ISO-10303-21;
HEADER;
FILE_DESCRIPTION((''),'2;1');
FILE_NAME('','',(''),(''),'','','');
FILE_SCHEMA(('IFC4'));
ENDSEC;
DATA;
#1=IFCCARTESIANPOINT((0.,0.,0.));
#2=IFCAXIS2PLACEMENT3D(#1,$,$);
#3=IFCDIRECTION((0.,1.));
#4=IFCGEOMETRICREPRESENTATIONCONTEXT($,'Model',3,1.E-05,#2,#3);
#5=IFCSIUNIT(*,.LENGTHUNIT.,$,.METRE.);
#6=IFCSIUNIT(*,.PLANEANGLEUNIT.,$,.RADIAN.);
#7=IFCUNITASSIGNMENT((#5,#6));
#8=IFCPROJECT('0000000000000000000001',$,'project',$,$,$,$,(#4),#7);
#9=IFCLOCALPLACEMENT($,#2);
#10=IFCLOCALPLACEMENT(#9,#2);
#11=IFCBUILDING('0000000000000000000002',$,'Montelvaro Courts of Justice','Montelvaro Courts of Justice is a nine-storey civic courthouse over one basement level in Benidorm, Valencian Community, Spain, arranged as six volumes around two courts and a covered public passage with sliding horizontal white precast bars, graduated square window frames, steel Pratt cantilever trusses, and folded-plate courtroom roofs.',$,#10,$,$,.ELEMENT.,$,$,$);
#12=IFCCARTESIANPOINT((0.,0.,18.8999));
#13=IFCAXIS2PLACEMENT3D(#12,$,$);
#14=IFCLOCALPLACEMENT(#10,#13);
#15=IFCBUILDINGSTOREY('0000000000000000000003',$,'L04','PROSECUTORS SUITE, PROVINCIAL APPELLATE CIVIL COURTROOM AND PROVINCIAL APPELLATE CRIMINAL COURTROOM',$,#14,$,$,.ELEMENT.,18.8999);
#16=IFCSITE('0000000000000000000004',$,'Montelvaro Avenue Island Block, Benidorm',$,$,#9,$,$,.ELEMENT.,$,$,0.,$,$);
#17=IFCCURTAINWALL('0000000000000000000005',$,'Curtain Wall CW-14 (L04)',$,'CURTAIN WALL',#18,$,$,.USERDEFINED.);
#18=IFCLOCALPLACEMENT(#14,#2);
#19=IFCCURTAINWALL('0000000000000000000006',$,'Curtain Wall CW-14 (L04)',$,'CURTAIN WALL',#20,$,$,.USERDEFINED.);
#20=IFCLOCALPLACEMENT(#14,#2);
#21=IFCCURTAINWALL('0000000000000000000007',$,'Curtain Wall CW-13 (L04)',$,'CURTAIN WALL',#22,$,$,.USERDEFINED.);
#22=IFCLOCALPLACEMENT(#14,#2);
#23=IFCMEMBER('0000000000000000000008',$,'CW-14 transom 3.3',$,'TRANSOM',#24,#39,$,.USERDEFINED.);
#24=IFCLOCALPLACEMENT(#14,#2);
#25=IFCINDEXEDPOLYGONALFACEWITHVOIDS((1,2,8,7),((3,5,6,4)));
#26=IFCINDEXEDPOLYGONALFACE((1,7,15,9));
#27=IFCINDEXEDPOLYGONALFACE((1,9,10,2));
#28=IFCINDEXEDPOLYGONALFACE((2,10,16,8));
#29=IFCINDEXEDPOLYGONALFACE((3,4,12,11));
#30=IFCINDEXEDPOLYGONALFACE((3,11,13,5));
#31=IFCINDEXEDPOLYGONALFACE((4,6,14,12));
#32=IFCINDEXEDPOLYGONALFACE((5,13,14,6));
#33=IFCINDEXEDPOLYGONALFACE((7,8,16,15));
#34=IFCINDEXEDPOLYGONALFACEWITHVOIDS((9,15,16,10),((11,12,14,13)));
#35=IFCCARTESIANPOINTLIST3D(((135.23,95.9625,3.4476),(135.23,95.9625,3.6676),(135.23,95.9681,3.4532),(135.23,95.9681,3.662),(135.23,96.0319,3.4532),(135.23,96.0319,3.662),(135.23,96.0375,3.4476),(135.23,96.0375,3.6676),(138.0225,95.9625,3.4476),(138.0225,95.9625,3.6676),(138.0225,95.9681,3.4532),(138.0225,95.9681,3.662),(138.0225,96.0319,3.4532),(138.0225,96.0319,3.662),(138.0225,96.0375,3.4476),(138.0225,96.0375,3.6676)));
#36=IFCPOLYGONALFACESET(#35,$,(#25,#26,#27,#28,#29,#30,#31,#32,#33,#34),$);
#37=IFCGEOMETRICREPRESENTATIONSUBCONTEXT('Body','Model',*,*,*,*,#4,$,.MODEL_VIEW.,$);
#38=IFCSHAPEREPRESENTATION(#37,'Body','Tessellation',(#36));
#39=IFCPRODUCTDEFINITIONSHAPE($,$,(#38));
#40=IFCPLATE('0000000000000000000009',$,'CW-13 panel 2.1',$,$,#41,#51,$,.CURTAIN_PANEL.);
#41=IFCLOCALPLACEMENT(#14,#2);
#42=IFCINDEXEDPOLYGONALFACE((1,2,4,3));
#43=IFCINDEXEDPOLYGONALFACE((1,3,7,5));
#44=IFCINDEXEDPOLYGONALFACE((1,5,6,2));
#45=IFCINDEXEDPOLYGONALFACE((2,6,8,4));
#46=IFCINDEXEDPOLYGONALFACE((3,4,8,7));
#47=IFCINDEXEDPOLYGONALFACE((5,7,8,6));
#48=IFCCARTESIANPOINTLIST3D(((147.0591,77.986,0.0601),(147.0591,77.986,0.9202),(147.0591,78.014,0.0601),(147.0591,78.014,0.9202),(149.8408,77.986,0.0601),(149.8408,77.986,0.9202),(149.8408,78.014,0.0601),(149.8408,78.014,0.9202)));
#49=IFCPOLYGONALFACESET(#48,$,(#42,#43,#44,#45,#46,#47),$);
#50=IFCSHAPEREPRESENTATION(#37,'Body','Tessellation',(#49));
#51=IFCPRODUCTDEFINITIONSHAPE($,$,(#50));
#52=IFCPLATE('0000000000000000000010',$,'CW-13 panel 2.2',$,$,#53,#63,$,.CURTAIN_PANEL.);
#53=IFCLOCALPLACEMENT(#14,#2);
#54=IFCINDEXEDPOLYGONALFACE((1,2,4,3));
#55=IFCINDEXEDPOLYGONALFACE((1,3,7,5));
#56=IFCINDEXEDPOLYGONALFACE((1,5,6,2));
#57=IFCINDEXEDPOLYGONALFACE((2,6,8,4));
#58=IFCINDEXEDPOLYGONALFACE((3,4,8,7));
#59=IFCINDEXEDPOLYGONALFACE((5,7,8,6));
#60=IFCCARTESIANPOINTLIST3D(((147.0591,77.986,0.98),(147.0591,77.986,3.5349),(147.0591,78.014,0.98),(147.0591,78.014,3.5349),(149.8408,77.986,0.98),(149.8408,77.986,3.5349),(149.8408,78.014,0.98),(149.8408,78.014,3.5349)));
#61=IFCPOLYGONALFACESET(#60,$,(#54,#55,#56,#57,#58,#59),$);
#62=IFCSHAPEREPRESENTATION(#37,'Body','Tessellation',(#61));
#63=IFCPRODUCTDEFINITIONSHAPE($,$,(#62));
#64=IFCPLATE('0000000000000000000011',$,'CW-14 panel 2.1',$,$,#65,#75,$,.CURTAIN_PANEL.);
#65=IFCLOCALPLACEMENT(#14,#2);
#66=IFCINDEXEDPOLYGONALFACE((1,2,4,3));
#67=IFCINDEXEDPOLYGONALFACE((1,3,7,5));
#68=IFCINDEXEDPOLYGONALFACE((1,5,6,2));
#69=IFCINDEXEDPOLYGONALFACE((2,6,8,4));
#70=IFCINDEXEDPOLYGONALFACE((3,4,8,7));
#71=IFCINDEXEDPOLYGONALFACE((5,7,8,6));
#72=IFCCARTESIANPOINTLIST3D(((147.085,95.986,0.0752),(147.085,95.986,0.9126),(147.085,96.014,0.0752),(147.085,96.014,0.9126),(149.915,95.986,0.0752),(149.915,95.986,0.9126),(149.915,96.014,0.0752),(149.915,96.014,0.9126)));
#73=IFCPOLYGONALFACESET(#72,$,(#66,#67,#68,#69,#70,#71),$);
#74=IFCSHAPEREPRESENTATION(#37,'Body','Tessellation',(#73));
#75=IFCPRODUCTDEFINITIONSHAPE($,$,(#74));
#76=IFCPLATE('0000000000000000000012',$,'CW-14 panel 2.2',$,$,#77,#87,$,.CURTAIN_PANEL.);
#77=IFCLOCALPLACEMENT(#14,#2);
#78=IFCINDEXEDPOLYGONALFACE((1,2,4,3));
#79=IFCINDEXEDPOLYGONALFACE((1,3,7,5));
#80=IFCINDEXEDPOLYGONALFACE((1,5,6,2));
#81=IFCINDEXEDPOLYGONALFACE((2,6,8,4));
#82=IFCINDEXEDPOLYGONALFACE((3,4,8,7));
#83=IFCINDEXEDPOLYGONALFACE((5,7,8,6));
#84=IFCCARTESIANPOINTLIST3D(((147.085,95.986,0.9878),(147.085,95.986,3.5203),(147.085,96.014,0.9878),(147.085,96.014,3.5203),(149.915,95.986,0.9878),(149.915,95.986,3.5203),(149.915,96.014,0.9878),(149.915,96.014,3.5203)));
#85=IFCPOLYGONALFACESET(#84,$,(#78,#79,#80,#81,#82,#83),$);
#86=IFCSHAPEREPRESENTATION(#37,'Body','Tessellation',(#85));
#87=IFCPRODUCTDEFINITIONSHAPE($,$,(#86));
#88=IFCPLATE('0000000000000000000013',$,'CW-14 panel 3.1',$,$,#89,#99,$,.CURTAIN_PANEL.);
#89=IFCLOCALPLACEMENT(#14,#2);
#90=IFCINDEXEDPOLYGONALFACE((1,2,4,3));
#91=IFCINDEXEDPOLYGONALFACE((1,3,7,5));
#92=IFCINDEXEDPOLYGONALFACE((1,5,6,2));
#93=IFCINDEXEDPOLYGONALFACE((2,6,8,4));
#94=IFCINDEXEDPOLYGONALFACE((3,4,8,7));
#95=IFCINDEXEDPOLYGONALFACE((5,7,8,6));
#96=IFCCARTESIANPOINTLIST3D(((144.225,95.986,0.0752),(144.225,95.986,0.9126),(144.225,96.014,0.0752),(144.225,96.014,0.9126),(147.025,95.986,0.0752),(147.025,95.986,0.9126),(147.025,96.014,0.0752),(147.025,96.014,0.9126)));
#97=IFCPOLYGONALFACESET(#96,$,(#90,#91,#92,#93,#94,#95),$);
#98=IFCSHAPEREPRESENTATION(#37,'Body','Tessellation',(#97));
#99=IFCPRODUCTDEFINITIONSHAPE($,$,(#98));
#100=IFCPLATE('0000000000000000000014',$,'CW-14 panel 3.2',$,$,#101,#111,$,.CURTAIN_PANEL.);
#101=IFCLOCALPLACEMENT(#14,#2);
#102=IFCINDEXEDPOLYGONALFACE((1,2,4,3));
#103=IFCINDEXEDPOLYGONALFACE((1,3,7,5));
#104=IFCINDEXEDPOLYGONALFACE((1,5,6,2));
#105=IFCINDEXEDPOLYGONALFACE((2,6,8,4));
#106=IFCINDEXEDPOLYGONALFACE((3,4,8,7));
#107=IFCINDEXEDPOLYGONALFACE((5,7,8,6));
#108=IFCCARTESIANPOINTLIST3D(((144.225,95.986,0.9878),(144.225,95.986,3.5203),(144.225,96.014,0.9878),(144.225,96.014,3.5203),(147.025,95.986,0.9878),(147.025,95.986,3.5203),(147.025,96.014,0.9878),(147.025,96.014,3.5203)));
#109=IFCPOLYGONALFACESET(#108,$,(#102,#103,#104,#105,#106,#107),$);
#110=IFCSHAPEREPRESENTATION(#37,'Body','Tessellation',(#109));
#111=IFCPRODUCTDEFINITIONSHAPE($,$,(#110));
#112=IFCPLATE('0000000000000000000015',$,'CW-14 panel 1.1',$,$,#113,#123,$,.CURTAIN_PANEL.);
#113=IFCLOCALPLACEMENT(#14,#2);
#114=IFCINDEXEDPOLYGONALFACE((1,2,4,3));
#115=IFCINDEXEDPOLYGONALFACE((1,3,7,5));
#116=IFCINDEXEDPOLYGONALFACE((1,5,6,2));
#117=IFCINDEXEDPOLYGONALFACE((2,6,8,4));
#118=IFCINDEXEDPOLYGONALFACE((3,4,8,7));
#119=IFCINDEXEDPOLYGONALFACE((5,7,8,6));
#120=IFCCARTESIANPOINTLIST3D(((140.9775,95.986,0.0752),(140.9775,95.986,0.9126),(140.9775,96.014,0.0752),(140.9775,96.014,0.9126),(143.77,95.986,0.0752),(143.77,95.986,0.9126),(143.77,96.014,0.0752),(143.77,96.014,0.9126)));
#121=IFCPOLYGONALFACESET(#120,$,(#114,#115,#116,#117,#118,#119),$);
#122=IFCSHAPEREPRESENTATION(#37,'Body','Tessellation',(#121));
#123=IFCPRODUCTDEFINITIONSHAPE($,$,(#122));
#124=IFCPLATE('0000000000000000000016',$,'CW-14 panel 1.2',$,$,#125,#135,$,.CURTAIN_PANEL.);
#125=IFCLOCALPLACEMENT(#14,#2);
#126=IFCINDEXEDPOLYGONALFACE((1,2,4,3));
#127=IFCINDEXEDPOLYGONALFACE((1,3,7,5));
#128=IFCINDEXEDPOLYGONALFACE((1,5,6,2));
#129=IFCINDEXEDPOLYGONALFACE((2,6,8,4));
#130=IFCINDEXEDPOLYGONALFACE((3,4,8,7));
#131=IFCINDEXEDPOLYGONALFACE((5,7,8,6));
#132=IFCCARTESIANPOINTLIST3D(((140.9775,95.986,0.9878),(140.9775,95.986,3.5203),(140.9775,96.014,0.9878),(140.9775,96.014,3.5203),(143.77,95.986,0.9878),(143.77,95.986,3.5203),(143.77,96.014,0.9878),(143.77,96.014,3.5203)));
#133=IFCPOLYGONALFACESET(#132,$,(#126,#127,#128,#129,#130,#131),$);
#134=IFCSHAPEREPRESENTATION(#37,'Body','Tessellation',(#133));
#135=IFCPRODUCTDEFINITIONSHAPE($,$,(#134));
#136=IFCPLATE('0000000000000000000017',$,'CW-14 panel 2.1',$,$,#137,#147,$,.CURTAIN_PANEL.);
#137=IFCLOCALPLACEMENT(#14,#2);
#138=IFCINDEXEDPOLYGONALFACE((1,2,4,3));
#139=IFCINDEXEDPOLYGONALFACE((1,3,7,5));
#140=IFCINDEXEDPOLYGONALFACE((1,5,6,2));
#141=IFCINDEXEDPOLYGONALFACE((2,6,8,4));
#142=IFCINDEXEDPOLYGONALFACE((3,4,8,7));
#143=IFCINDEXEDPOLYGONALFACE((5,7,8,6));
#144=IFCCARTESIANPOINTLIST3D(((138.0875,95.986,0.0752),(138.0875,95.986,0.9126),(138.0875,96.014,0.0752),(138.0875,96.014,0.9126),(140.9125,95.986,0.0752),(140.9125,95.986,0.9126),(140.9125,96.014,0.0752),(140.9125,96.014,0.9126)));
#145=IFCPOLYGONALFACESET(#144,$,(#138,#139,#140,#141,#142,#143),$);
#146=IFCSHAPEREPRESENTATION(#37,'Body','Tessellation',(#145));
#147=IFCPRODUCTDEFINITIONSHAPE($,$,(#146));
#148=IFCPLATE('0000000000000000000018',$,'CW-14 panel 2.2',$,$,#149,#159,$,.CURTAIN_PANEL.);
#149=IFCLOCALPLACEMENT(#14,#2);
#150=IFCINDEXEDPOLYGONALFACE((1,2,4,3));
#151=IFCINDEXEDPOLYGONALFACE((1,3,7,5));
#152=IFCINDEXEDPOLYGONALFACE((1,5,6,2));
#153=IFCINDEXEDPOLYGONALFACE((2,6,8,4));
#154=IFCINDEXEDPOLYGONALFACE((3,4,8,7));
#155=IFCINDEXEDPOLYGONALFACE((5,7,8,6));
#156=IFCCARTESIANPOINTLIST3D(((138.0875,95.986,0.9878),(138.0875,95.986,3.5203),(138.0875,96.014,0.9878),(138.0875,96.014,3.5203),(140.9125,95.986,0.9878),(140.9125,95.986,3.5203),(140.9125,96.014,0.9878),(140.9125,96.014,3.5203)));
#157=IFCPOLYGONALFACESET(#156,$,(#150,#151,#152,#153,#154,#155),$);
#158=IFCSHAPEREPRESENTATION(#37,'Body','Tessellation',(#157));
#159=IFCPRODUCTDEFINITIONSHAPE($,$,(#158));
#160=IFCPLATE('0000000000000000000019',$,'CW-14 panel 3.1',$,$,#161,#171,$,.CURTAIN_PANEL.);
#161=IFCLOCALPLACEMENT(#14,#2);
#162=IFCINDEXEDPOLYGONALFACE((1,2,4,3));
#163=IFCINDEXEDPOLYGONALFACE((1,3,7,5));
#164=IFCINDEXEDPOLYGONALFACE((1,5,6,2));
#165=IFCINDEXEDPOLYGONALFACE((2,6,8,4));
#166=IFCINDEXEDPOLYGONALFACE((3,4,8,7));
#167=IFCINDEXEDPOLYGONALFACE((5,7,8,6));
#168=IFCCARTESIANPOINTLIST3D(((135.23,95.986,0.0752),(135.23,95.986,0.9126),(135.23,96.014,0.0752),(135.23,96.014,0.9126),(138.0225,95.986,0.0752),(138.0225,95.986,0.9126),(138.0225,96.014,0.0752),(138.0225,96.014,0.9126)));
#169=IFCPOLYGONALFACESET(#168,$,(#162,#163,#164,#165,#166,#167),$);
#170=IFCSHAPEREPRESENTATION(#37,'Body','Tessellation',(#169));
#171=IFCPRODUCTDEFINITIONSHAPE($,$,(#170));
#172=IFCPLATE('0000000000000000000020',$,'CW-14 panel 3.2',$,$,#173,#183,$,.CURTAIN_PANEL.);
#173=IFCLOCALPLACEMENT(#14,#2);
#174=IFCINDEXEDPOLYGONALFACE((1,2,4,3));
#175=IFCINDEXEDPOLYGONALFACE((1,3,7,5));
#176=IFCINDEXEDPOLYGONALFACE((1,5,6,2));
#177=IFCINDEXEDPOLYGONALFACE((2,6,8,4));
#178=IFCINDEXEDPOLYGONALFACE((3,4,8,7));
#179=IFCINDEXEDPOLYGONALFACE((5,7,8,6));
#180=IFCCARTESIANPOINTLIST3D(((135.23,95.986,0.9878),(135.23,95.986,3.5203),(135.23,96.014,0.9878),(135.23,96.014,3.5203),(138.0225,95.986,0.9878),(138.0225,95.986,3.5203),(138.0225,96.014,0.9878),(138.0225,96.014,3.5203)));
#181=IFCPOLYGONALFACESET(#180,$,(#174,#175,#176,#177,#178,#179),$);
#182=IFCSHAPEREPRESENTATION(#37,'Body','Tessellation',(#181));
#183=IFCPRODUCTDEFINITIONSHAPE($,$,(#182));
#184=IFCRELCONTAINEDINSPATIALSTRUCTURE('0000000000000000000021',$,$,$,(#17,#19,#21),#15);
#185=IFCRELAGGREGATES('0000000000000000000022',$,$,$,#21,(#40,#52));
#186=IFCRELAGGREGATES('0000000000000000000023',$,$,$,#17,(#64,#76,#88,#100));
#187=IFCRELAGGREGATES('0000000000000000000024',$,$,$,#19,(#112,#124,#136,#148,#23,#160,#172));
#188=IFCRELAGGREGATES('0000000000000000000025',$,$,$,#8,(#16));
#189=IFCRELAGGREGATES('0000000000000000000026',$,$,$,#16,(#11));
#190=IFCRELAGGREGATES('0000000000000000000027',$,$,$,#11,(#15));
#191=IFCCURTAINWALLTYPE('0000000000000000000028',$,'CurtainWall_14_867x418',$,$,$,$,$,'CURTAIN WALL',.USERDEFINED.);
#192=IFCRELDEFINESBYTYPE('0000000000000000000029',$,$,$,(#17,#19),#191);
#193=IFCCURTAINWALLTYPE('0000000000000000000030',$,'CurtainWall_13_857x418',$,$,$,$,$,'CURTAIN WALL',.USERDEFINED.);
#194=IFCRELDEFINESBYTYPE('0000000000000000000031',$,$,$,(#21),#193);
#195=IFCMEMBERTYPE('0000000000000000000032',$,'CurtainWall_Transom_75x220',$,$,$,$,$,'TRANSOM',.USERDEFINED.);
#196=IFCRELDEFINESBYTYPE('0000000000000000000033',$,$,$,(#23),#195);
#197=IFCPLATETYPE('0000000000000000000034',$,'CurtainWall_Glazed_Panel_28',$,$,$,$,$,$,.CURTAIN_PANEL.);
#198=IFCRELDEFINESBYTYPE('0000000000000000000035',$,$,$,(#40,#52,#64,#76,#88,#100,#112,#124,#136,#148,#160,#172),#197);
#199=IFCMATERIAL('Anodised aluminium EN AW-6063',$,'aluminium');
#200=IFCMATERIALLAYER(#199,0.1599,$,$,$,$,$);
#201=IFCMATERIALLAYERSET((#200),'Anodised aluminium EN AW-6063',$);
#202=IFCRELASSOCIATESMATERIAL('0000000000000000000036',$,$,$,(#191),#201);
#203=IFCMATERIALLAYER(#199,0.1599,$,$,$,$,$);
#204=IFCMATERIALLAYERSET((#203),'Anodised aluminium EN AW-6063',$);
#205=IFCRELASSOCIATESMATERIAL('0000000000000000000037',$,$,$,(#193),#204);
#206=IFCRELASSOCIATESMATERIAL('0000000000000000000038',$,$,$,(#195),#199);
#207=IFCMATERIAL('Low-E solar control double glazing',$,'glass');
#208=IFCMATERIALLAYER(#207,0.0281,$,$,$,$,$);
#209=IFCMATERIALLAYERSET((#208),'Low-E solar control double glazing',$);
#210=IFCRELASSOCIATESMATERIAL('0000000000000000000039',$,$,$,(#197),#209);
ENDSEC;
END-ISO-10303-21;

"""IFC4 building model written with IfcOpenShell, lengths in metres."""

from ifc_helpers import new_model, si_unit, direction, frame, origin, origin_2d, place, context, subcontext, project, spatial, rectangle, hollow_rectangle, extrude, material, layer, layer_set, material_profile, profile_set, type_object, element, aggregate, save


model = new_model("IFC4")

# Units and contexts
model_context = context("Model", 3, precision=1e-05, world=origin(), true_north=direction((0.0, 1.0)))
body_context = subcontext(model_context, "Body", "Model", "MODEL_VIEW")
ifc_project = project(units=[si_unit("LENGTHUNIT", "METRE"), si_unit("PLANEANGLEUNIT", "RADIAN")], contexts=[model_context])

# Site, building, storey
site_placement = place(None, origin())
site = spatial("IfcSite", under=ifc_project, at=site_placement, Name="Montelvaro Avenue Island Block, Benidorm", CompositionType="ELEMENT", RefElevation=0.0)
building_placement = place(site_placement, origin())
building = spatial("IfcBuilding", under=site, at=building_placement, Name="Montelvaro Courts of Justice", Description="Montelvaro Courts of Justice is a nine-storey civic courthouse over one basement level in Benidorm, Valencian Community, Spain, arranged as six volumes around two courts and a covered public passage with sliding horizontal white precast bars, graduated square window frames, steel Pratt cantilever trusses, and folded-plate courtroom roofs.", CompositionType="ELEMENT")
storey_placement = place(building_placement, frame((0.0, 0.0, 18.8999)))
storey = spatial("IfcBuildingStorey", under=building, at=storey_placement, Name="L04", Description="PROSECUTORS SUITE, PROVINCIAL APPELLATE CIVIL COURTROOM AND PROVINCIAL APPELLATE CRIMINAL COURTROOM", CompositionType="ELEMENT", Elevation=18.8999)

# Curtain walls
ifc_material_1 = material(Name="Anodised aluminium EN AW-6063", Category="aluminium")
ifc_layer_1 = layer(ifc_material_1, 0.1599)
ifc_layer_set_1 = layer_set([ifc_layer_1], Name="Anodised aluminium EN AW-6063")
curtain_wall_type_1 = type_object("IfcCurtainWallType", Name="CurtainWall_14_867x418", ElementType="CURTAIN WALL", PredefinedType="USERDEFINED", material=ifc_layer_set_1)
curtain_wall_1_placement = place(storey_placement, origin())
curtain_wall_1 = element("IfcCurtainWall", 1, at=curtain_wall_1_placement, inside=storey, type_object=curtain_wall_type_1, Name="Curtain Wall CW-14 (L04)", ObjectType="CURTAIN WALL", PredefinedType="USERDEFINED")
curtain_wall_2_placement = place(storey_placement, origin())
curtain_wall_2 = element("IfcCurtainWall", 2, at=curtain_wall_2_placement, inside=storey, type_object=curtain_wall_type_1, Name="Curtain Wall CW-14 (L04)", ObjectType="CURTAIN WALL", PredefinedType="USERDEFINED")
ifc_layer_2 = layer(ifc_material_1, 0.1599)
ifc_layer_set_2 = layer_set([ifc_layer_2], Name="Anodised aluminium EN AW-6063")
curtain_wall_type_2 = type_object("IfcCurtainWallType", Name="CurtainWall_13_857x418", ElementType="CURTAIN WALL", PredefinedType="USERDEFINED", material=ifc_layer_set_2)
curtain_wall_3_placement = place(storey_placement, origin())
curtain_wall_3 = element("IfcCurtainWall", 3, at=curtain_wall_3_placement, inside=storey, type_object=curtain_wall_type_2, Name="Curtain Wall CW-13 (L04)", ObjectType="CURTAIN WALL", PredefinedType="USERDEFINED")

# Member
ifc_material_profile_1 = material_profile(ifc_material_1, hollow_rectangle(XDim=0.075, YDim=0.22, WallThickness=0.0056, at=origin_2d()), Name="ALU-T 75x220")
ifc_profile_set_1 = profile_set([ifc_material_profile_1], Name="Anodised aluminium EN AW-6063")
member_type_1 = type_object("IfcMemberType", Name="CurtainWall_Transom_75x220", ElementType="TRANSOM", PredefinedType="USERDEFINED", material=ifc_profile_set_1)
member_1_placement = place(storey_placement, frame((138.0225, 96.0, 3.5576), z_axis=(-1.0, 0.0, 0.0), x_axis=(0.0, -1.0, 0.0)))
member_1 = element("IfcMember", 4, at=member_1_placement, type_object=member_type_1, Name="CW-14 transom 3.3", ObjectType="TRANSOM", PredefinedType="USERDEFINED", context=body_context, shape_type="SweptSolid", body=[
    extrude(hollow_rectangle(XDim=0.075, YDim=0.22, WallThickness=0.0056, at=origin_2d()), origin(), (0.0, 0.0, 1.0), 2.7925),
])

# Plates
ifc_material_2 = material(Name="Low-E solar control double glazing", Category="glass")
ifc_layer_3 = layer(ifc_material_2, 0.0281)
ifc_layer_set_3 = layer_set([ifc_layer_3], Name="Low-E solar control double glazing")
plate_type = type_object("IfcPlateType", Name="CurtainWall_Glazed_Panel_28", PredefinedType="CURTAIN_PANEL", material=ifc_layer_set_3)
plate_1_placement = place(storey_placement, frame((148.45, 78.0, 0.0601), z_axis=(0.0, 0.0, 1.0), x_axis=(1.0, 0.0, 0.0)))
plate_1 = element("IfcPlate", 5, at=plate_1_placement, type_object=plate_type, Name="CW-13 panel 2.1", PredefinedType="CURTAIN_PANEL", context=body_context, shape_type="SweptSolid", body=[
    extrude(rectangle(XDim=2.7817, YDim=0.0281, at=origin_2d()), origin(), (0.0, 0.0, 1.0), 0.8601),
])
plate_2_placement = place(storey_placement, frame((148.45, 78.0, 0.98), z_axis=(0.0, 0.0, 1.0), x_axis=(1.0, 0.0, 0.0)))
plate_2 = element("IfcPlate", 6, at=plate_2_placement, type_object=plate_type, Name="CW-13 panel 2.2", PredefinedType="CURTAIN_PANEL", context=body_context, shape_type="SweptSolid", body=[
    extrude(rectangle(XDim=2.7817, YDim=0.0281, at=origin_2d()), origin(), (0.0, 0.0, 1.0), 2.5549),
])
aggregate(curtain_wall_3, [plate_1, plate_2])
plate_3_placement = place(storey_placement, frame((148.5, 96.0, 0.0752), z_axis=(0.0, 0.0, 1.0), x_axis=(-1.0, 0.0, 0.0)))
plate_3 = element("IfcPlate", 7, at=plate_3_placement, type_object=plate_type, Name="CW-14 panel 2.1", PredefinedType="CURTAIN_PANEL", context=body_context, shape_type="SweptSolid", body=[
    extrude(rectangle(XDim=2.8301, YDim=0.0281, at=origin_2d()), origin(), (0.0, 0.0, 1.0), 0.8374),
])
plate_4_placement = place(storey_placement, frame((148.5, 96.0, 0.9878), z_axis=(0.0, 0.0, 1.0), x_axis=(-1.0, 0.0, 0.0)))
plate_4 = element("IfcPlate", 8, at=plate_4_placement, type_object=plate_type, Name="CW-14 panel 2.2", PredefinedType="CURTAIN_PANEL", context=body_context, shape_type="SweptSolid", body=[
    extrude(rectangle(XDim=2.8301, YDim=0.0281, at=origin_2d()), origin(), (0.0, 0.0, 1.0), 2.5325),
])
plate_5_placement = place(storey_placement, frame((145.625, 96.0, 0.0752), z_axis=(0.0, 0.0, 1.0), x_axis=(-1.0, 0.0, 0.0)))
plate_5 = element("IfcPlate", 9, at=plate_5_placement, type_object=plate_type, Name="CW-14 panel 3.1", PredefinedType="CURTAIN_PANEL", context=body_context, shape_type="SweptSolid", body=[
    extrude(rectangle(XDim=2.8, YDim=0.0281, at=origin_2d()), origin(), (0.0, 0.0, 1.0), 0.8374),
])
plate_6_placement = place(storey_placement, frame((145.625, 96.0, 0.9878), z_axis=(0.0, 0.0, 1.0), x_axis=(-1.0, 0.0, 0.0)))
plate_6 = element("IfcPlate", 10, at=plate_6_placement, type_object=plate_type, Name="CW-14 panel 3.2", PredefinedType="CURTAIN_PANEL", context=body_context, shape_type="SweptSolid", body=[
    extrude(rectangle(XDim=2.8, YDim=0.0281, at=origin_2d()), origin(), (0.0, 0.0, 1.0), 2.5325),
])
aggregate(curtain_wall_1, [plate_3, plate_4, plate_5, plate_6])
plate_7_placement = place(storey_placement, frame((142.3738, 96.0, 0.0752), z_axis=(0.0, 0.0, 1.0), x_axis=(-1.0, 0.0, 0.0)))
plate_7 = element("IfcPlate", 11, at=plate_7_placement, type_object=plate_type, Name="CW-14 panel 1.1", PredefinedType="CURTAIN_PANEL", context=body_context, shape_type="SweptSolid", body=[
    extrude(rectangle(XDim=2.7925, YDim=0.0281, at=origin_2d()), origin(), (0.0, 0.0, 1.0), 0.8374),
])
plate_8_placement = place(storey_placement, frame((142.3738, 96.0, 0.9878), z_axis=(0.0, 0.0, 1.0), x_axis=(-1.0, 0.0, 0.0)))
plate_8 = element("IfcPlate", 12, at=plate_8_placement, type_object=plate_type, Name="CW-14 panel 1.2", PredefinedType="CURTAIN_PANEL", context=body_context, shape_type="SweptSolid", body=[
    extrude(rectangle(XDim=2.7925, YDim=0.0281, at=origin_2d()), origin(), (0.0, 0.0, 1.0), 2.5325),
])
plate_9_placement = place(storey_placement, frame((139.5, 96.0, 0.0752), z_axis=(0.0, 0.0, 1.0), x_axis=(-1.0, 0.0, 0.0)))
plate_9 = element("IfcPlate", 13, at=plate_9_placement, type_object=plate_type, Name="CW-14 panel 2.1", PredefinedType="CURTAIN_PANEL", context=body_context, shape_type="SweptSolid", body=[
    extrude(rectangle(XDim=2.825, YDim=0.0281, at=origin_2d()), origin(), (0.0, 0.0, 1.0), 0.8374),
])
plate_10_placement = place(storey_placement, frame((139.5, 96.0, 0.9878), z_axis=(0.0, 0.0, 1.0), x_axis=(-1.0, 0.0, 0.0)))
plate_10 = element("IfcPlate", 14, at=plate_10_placement, type_object=plate_type, Name="CW-14 panel 2.2", PredefinedType="CURTAIN_PANEL", context=body_context, shape_type="SweptSolid", body=[
    extrude(rectangle(XDim=2.825, YDim=0.0281, at=origin_2d()), origin(), (0.0, 0.0, 1.0), 2.5325),
])
plate_11_placement = place(storey_placement, frame((136.6262, 96.0, 0.0752), z_axis=(0.0, 0.0, 1.0), x_axis=(-1.0, 0.0, 0.0)))
plate_11 = element("IfcPlate", 15, at=plate_11_placement, type_object=plate_type, Name="CW-14 panel 3.1", PredefinedType="CURTAIN_PANEL", context=body_context, shape_type="SweptSolid", body=[
    extrude(rectangle(XDim=2.7925, YDim=0.0281, at=origin_2d()), origin(), (0.0, 0.0, 1.0), 0.8374),
])
plate_12_placement = place(storey_placement, frame((136.6262, 96.0, 0.9878), z_axis=(0.0, 0.0, 1.0), x_axis=(-1.0, 0.0, 0.0)))
plate_12 = element("IfcPlate", 16, at=plate_12_placement, type_object=plate_type, Name="CW-14 panel 3.2", PredefinedType="CURTAIN_PANEL", context=body_context, shape_type="SweptSolid", body=[
    extrude(rectangle(XDim=2.7925, YDim=0.0281, at=origin_2d()), origin(), (0.0, 0.0, 1.0), 2.5325),
])
aggregate(curtain_wall_2, [plate_7, plate_8, plate_9, plate_10, member_1, plate_11, plate_12])

save(model, "model.ifc")
